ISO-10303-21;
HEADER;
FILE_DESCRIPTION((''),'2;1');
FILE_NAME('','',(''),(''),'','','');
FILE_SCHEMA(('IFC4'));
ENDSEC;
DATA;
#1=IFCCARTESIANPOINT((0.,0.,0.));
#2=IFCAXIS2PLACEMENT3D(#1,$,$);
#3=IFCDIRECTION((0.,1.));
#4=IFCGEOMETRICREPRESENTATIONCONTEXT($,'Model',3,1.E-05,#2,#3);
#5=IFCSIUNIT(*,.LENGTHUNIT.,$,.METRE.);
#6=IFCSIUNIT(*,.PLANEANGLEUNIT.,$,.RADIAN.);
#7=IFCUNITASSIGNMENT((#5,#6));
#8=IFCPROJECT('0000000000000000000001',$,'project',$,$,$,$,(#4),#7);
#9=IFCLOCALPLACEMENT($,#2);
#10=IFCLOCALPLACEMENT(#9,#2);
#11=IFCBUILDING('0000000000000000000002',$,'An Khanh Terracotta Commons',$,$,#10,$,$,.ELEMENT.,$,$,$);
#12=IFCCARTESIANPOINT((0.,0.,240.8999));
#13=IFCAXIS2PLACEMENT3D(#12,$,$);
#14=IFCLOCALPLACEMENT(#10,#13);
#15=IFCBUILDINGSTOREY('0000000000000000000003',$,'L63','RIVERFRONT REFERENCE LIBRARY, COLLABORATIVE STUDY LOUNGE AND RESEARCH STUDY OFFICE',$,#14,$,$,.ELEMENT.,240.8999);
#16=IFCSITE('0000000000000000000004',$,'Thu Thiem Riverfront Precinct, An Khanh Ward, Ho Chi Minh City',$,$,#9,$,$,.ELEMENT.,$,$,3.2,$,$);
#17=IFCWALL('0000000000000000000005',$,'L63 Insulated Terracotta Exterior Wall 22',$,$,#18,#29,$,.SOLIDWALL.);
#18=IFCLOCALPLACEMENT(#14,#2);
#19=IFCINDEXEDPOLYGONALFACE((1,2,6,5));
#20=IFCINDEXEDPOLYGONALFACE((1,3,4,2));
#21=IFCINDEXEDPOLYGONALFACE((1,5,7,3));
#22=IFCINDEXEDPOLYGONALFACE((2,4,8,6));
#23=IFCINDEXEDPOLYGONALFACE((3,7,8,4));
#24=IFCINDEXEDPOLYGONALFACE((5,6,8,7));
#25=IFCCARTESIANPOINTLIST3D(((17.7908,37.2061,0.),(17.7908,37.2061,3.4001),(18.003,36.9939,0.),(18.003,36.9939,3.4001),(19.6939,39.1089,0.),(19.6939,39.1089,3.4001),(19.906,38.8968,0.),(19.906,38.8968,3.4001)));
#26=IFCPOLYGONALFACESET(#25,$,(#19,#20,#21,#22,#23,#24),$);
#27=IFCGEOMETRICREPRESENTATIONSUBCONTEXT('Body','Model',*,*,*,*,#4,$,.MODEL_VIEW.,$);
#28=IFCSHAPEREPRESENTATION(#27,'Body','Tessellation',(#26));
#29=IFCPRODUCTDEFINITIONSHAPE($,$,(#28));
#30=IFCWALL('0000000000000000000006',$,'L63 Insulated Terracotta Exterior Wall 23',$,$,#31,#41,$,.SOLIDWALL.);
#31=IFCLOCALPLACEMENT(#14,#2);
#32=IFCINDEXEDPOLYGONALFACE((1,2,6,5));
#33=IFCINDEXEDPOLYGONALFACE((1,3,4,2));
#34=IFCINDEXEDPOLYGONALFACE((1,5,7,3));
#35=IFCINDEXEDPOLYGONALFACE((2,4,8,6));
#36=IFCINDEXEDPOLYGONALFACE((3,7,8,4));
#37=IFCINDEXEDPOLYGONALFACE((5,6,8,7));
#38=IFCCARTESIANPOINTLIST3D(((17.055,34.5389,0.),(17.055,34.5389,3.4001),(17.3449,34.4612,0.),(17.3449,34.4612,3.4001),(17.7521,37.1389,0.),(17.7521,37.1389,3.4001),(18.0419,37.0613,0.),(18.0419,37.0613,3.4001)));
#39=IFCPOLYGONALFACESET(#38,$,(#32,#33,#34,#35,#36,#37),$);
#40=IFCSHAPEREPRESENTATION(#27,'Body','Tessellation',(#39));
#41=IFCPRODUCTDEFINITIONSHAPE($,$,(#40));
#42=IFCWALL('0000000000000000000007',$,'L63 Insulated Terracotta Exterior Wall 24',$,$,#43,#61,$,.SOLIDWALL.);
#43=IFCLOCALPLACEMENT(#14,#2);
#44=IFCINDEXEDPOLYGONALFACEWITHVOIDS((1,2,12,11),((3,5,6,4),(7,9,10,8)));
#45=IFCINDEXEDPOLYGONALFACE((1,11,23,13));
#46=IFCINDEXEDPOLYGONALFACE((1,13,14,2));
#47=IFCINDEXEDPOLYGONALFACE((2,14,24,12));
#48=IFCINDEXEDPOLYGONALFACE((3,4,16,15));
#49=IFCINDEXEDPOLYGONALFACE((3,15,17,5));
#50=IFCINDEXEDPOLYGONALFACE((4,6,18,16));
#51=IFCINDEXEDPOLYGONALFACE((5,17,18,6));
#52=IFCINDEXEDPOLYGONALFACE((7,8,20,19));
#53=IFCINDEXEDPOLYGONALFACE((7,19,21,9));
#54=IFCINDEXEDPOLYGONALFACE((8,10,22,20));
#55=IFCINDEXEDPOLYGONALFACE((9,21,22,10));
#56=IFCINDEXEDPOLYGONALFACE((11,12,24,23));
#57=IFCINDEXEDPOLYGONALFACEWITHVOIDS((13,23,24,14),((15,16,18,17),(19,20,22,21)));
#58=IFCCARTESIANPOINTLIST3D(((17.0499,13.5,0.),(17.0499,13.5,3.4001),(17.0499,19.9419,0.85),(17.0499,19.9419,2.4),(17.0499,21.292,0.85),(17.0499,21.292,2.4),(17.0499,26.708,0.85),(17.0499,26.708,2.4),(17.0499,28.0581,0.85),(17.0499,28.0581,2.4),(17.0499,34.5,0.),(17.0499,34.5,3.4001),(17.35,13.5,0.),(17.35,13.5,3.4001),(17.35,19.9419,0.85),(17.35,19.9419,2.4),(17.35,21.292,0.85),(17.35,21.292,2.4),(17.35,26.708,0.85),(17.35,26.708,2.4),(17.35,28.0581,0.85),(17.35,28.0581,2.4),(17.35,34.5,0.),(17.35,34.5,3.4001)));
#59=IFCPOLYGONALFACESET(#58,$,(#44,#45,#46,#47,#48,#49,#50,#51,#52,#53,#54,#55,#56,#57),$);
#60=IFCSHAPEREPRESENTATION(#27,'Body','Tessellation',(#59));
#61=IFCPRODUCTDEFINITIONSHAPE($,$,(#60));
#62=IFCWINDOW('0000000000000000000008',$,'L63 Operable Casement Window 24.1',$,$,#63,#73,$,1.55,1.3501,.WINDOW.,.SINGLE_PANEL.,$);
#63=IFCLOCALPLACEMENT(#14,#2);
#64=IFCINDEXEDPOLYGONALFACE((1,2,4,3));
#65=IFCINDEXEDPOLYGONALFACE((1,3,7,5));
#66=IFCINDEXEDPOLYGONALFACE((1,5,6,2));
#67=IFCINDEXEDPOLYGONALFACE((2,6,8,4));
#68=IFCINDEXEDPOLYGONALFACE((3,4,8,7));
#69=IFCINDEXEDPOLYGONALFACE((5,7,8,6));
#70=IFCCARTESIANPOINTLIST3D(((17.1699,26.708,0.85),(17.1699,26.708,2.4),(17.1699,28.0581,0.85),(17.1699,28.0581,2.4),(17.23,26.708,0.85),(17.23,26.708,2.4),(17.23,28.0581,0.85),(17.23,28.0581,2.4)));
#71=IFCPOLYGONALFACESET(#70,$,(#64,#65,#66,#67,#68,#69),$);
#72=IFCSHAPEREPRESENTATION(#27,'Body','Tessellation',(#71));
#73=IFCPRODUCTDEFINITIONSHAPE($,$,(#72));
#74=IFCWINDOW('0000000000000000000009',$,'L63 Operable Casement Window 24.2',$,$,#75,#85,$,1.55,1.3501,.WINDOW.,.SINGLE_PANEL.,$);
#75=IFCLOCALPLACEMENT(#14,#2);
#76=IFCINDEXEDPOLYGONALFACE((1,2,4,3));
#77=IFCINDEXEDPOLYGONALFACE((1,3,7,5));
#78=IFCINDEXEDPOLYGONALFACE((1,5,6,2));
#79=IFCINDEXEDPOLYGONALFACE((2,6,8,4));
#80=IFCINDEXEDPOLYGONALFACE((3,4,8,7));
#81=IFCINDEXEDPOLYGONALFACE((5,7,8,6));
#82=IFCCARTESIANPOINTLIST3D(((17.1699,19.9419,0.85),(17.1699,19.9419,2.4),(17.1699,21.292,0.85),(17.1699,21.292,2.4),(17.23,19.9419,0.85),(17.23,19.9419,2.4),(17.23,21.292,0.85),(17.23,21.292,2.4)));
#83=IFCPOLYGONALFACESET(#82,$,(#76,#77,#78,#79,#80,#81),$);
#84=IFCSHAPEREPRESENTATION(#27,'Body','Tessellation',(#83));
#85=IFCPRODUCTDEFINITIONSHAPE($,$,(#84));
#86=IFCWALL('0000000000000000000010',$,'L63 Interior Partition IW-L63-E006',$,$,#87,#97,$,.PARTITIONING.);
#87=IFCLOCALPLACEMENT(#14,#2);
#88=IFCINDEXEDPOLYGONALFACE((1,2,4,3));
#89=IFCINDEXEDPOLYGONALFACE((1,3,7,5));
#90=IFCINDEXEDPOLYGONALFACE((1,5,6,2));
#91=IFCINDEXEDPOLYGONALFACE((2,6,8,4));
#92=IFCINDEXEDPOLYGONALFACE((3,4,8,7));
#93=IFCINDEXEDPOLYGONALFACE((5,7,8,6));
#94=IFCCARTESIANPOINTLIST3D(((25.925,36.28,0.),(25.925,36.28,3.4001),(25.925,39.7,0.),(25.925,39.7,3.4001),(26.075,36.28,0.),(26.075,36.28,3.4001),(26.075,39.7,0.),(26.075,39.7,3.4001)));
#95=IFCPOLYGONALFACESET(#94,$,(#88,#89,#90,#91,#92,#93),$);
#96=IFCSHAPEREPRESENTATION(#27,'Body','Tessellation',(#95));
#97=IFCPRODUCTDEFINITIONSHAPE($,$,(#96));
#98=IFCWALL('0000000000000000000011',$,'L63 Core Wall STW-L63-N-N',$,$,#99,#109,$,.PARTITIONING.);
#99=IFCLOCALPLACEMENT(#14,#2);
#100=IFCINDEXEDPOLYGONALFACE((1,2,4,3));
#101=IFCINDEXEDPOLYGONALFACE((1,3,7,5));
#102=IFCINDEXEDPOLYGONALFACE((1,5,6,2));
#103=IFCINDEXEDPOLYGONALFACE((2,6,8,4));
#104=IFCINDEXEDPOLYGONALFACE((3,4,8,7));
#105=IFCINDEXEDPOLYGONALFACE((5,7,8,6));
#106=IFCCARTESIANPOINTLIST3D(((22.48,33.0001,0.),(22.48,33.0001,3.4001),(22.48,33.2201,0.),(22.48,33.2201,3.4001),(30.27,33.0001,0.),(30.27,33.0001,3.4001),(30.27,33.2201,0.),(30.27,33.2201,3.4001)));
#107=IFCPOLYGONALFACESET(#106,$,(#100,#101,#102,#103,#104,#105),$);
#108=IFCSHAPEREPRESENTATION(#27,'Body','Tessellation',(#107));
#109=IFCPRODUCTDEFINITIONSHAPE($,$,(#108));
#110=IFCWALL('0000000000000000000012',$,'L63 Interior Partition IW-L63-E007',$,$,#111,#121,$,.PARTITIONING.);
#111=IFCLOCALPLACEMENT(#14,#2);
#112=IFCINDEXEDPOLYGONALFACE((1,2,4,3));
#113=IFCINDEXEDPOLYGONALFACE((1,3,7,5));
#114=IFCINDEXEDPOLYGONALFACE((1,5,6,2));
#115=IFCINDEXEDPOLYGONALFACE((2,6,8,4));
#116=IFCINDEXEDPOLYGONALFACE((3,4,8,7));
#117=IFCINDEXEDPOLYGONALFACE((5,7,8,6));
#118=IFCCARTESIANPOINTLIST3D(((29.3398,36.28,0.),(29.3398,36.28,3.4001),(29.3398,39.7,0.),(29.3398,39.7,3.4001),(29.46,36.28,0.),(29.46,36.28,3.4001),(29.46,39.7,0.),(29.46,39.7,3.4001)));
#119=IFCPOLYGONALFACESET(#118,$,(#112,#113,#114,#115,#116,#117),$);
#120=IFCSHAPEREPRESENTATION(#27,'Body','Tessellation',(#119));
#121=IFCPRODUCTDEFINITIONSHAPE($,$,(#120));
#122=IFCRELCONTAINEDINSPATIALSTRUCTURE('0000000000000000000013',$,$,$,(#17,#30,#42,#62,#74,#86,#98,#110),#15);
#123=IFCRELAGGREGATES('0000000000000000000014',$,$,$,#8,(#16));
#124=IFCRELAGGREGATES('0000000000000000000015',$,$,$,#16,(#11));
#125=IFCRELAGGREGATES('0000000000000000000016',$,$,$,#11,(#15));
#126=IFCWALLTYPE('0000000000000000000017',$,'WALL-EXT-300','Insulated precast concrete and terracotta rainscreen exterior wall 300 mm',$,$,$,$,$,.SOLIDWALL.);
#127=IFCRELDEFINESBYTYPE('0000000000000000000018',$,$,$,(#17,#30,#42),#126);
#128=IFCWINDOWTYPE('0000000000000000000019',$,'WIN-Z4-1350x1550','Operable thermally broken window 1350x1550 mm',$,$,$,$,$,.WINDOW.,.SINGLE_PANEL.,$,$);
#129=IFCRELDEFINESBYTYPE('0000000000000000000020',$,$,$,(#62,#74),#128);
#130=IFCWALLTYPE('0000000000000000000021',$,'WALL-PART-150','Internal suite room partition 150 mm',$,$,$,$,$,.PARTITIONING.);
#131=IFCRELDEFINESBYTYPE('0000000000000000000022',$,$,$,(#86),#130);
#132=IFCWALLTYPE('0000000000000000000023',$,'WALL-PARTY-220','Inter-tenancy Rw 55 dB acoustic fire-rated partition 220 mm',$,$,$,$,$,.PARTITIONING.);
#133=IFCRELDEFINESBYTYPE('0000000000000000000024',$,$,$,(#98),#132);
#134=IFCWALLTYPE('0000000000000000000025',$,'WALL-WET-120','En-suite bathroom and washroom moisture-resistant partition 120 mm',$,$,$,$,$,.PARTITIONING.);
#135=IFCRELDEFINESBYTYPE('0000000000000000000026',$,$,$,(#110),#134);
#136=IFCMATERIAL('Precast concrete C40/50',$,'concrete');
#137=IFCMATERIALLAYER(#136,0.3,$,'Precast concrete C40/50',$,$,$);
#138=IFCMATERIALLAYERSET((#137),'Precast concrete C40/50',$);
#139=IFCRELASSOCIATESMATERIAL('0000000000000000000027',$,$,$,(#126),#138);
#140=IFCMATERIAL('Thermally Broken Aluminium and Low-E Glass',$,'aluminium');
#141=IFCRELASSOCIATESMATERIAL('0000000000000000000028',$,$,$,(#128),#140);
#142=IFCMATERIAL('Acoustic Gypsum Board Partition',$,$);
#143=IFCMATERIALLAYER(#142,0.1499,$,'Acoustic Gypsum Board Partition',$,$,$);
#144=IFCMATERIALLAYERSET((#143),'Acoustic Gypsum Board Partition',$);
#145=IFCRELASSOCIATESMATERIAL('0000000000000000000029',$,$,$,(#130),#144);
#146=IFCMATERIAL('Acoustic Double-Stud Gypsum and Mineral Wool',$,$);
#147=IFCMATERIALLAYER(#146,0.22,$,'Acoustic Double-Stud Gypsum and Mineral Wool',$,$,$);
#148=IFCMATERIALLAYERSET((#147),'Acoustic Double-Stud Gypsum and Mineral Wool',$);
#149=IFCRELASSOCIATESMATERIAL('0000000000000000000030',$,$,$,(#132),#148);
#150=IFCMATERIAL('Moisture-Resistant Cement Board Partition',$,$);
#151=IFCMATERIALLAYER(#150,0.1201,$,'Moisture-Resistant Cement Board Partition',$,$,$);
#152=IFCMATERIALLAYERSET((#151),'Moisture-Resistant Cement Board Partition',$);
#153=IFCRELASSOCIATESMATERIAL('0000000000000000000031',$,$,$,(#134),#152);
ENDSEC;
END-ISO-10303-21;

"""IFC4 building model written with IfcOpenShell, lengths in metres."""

from ifc_helpers import new_model, si_unit, direction, frame, frame_2d, origin, place, context, subcontext, project, spatial, rectangle, extrude, material, layer, layer_set, type_object, element, fill, save


model = new_model("IFC4")

# Units and contexts
model_context = context("Model", 3, precision=1e-05, world=origin(), true_north=direction((0.0, 1.0)))
body_context = subcontext(model_context, "Body", "Model", "MODEL_VIEW")
ifc_project = project(units=[si_unit("LENGTHUNIT", "METRE"), si_unit("PLANEANGLEUNIT", "RADIAN")], contexts=[model_context])

# Site, building, storey
site_placement = place(None, origin())
site = spatial("IfcSite", under=ifc_project, at=site_placement, Name="Thu Thiem Riverfront Precinct, An Khanh Ward, Ho Chi Minh City", CompositionType="ELEMENT", RefElevation=3.2)
building_placement = place(site_placement, origin())
building = spatial("IfcBuilding", under=site, at=building_placement, Name="An Khanh Terracotta Commons", CompositionType="ELEMENT")
storey_placement = place(building_placement, frame((0.0, 0.0, 240.8999)))
storey = spatial("IfcBuildingStorey", under=building, at=storey_placement, Name="L63", Description="RIVERFRONT REFERENCE LIBRARY, COLLABORATIVE STUDY LOUNGE AND RESEARCH STUDY OFFICE", CompositionType="ELEMENT", Elevation=240.8999)

# Walls
ifc_material_1 = material(Name="Precast concrete C40/50", Category="concrete")
ifc_layer_1 = layer(ifc_material_1, 0.3, Name="Precast concrete C40/50")
ifc_layer_set_1 = layer_set([ifc_layer_1], Name="Precast concrete C40/50")
wall_type_1 = type_object("IfcWallType", Name="WALL-EXT-300", Description="Insulated precast concrete and terracotta rainscreen exterior wall 300 mm", PredefinedType="SOLIDWALL", material=ifc_layer_set_1)
wall_1_placement = place(storey_placement, frame((19.8, 39.0029, 0.0), z_axis=(0.0, 0.0, 1.0), x_axis=(-0.707152, -0.707061, 0.0)))
element("IfcWall", 1, at=wall_1_placement, inside=storey, type_object=wall_type_1, Name="L63 Insulated Terracotta Exterior Wall 22", PredefinedType="SOLIDWALL", context=body_context, shape_type="SweptSolid", body=[
    extrude(rectangle(XDim=2.6912, YDim=0.3, at=frame_2d((1.3457, 0.0))), origin(), (0.0, 0.0, 1.0), 3.4001),
])
wall_2_placement = place(storey_placement, frame((17.897, 37.1001, 0.0), z_axis=(0.0, 0.0, 1.0), x_axis=(-0.258933, -0.965895, 0.0)))
element("IfcWall", 2, at=wall_2_placement, inside=storey, type_object=wall_type_1, Name="L63 Insulated Terracotta Exterior Wall 23", PredefinedType="SOLIDWALL", context=body_context, shape_type="SweptSolid", body=[
    extrude(rectangle(XDim=2.6919, YDim=0.3, at=frame_2d((1.3459, 0.0))), origin(), (0.0, 0.0, 1.0), 3.4001),
])

# Wall, openings, windows
wall_3_placement = place(storey_placement, frame((17.2, 34.5, 0.0), z_axis=(0.0, 0.0, 1.0), x_axis=(0.0, -1.0, 0.0)))
wall_3 = element("IfcWall", 3, at=wall_3_placement, inside=storey, type_object=wall_type_1, Name="L63 Insulated Terracotta Exterior Wall 24", PredefinedType="SOLIDWALL", context=body_context, shape_type="SweptSolid", body=[
    extrude(rectangle(XDim=21.0, YDim=0.3, at=frame_2d((10.5, 0.0))), origin(), (0.0, 0.0, 1.0), 3.4001),
])
opening_1_placement = place(wall_3_placement, frame((6.4419, 0.0, 0.8501)))
opening_1 = element("IfcOpeningElement", 4, at=opening_1_placement, cuts=wall_3, PredefinedType="OPENING", context=body_context, shape_type="SweptSolid", body=[
    extrude(rectangle(XDim=1.3501, YDim=1.55, at=frame_2d((0.675, 0.7749))), frame((0.0, 0.1599, 0.0), z_axis=(0.0, -1.0, 0.0), x_axis=(1.0, 0.0, 0.0)), (0.0, 0.0, 1.0), 0.3201),
])
opening_2_placement = place(wall_3_placement, frame((13.208, 0.0, 0.8501)))
opening_2 = element("IfcOpeningElement", 5, at=opening_2_placement, cuts=wall_3, PredefinedType="OPENING", context=body_context, shape_type="SweptSolid", body=[
    extrude(rectangle(XDim=1.3501, YDim=1.55, at=frame_2d((0.675, 0.7749))), frame((0.0, 0.1599, 0.0), z_axis=(0.0, -1.0, 0.0), x_axis=(1.0, 0.0, 0.0)), (0.0, 0.0, 1.0), 0.3201),
])
ifc_material_2 = material(Name="Thermally Broken Aluminium and Low-E Glass", Category="aluminium")
window_type = type_object("IfcWindowType", Name="WIN-Z4-1350x1550", Description="Operable thermally broken window 1350x1550 mm", PartitioningType="SINGLE_PANEL", PredefinedType="WINDOW", material=ifc_material_2)
window_1_placement = place(opening_1_placement, origin())
window_1 = element("IfcWindow", 6, at=window_1_placement, inside=storey, type_object=window_type, Name="L63 Operable Casement Window 24.1", OverallHeight=1.55, OverallWidth=1.3501, PartitioningType="SINGLE_PANEL", PredefinedType="WINDOW", context=body_context, shape_type="SweptSolid", body=[
    extrude(rectangle(XDim=1.3501, YDim=1.55, at=frame_2d((0.675, 0.7749))), frame((0.0, 0.03, 0.0), z_axis=(0.0, -1.0, 0.0), x_axis=(1.0, 0.0, 0.0)), (0.0, 0.0, 1.0), 0.0601),
])
fill(opening_1, window_1)
window_2_placement = place(opening_2_placement, origin())
window_2 = element("IfcWindow", 7, at=window_2_placement, inside=storey, type_object=window_type, Name="L63 Operable Casement Window 24.2", OverallHeight=1.55, OverallWidth=1.3501, PartitioningType="SINGLE_PANEL", PredefinedType="WINDOW", context=body_context, shape_type="SweptSolid", body=[
    extrude(rectangle(XDim=1.3501, YDim=1.55, at=frame_2d((0.675, 0.7749))), frame((0.0, 0.03, 0.0), z_axis=(0.0, -1.0, 0.0), x_axis=(1.0, 0.0, 0.0)), (0.0, 0.0, 1.0), 0.0601),
])
fill(opening_2, window_2)

# Walls
ifc_material_3 = material(Name="Acoustic Gypsum Board Partition")
ifc_layer_2 = layer(ifc_material_3, 0.1499, Name="Acoustic Gypsum Board Partition")
ifc_layer_set_2 = layer_set([ifc_layer_2], Name="Acoustic Gypsum Board Partition")
wall_type_2 = type_object("IfcWallType", Name="WALL-PART-150", Description="Internal suite room partition 150 mm", PredefinedType="PARTITIONING", material=ifc_layer_set_2)
wall_4_placement = place(storey_placement, frame((26.0, 36.28, 0.0), z_axis=(0.0, 0.0, 1.0), x_axis=(0.0, 1.0, 0.0)))
element("IfcWall", 8, at=wall_4_placement, inside=storey, type_object=wall_type_2, Name="L63 Interior Partition IW-L63-E006", PredefinedType="PARTITIONING", context=body_context, shape_type="SweptSolid", body=[
    extrude(rectangle(XDim=3.4199, YDim=0.1499, at=frame_2d((1.71, 0.0))), origin(), (0.0, 0.0, 1.0), 3.4001),
])
ifc_material_4 = material(Name="Acoustic Double-Stud Gypsum and Mineral Wool")
ifc_layer_3 = layer(ifc_material_4, 0.22, Name="Acoustic Double-Stud Gypsum and Mineral Wool")
ifc_layer_set_3 = layer_set([ifc_layer_3], Name="Acoustic Double-Stud Gypsum and Mineral Wool")
wall_type_3 = type_object("IfcWallType", Name="WALL-PARTY-220", Description="Inter-tenancy Rw 55 dB acoustic fire-rated partition 220 mm", PredefinedType="PARTITIONING", material=ifc_layer_set_3)
wall_5_placement = place(storey_placement, frame((22.48, 33.1101, 0.0), z_axis=(0.0, 0.0, 1.0), x_axis=(1.0, 0.0, 0.0)))
element("IfcWall", 9, at=wall_5_placement, inside=storey, type_object=wall_type_3, Name="L63 Core Wall STW-L63-N-N", PredefinedType="PARTITIONING", context=body_context, shape_type="SweptSolid", body=[
    extrude(rectangle(XDim=7.79, YDim=0.22, at=frame_2d((3.895, 0.0))), origin(), (0.0, 0.0, 1.0), 3.4001),
])
ifc_material_5 = material(Name="Moisture-Resistant Cement Board Partition")
ifc_layer_4 = layer(ifc_material_5, 0.1201, Name="Moisture-Resistant Cement Board Partition")
ifc_layer_set_4 = layer_set([ifc_layer_4], Name="Moisture-Resistant Cement Board Partition")
wall_type_4 = type_object("IfcWallType", Name="WALL-WET-120", Description="En-suite bathroom and washroom moisture-resistant partition 120 mm", PredefinedType="PARTITIONING", material=ifc_layer_set_4)
wall_6_placement = place(storey_placement, frame((29.3999, 36.28, 0.0), z_axis=(0.0, 0.0, 1.0), x_axis=(0.0, 1.0, 0.0)))
element("IfcWall", 10, at=wall_6_placement, inside=storey, type_object=wall_type_4, Name="L63 Interior Partition IW-L63-E007", PredefinedType="PARTITIONING", context=body_context, shape_type="SweptSolid", body=[
    extrude(rectangle(XDim=3.4199, YDim=0.1201, at=frame_2d((1.71, 0.0))), origin(), (0.0, 0.0, 1.0), 3.4001),
])

save(model, "model.ifc")
